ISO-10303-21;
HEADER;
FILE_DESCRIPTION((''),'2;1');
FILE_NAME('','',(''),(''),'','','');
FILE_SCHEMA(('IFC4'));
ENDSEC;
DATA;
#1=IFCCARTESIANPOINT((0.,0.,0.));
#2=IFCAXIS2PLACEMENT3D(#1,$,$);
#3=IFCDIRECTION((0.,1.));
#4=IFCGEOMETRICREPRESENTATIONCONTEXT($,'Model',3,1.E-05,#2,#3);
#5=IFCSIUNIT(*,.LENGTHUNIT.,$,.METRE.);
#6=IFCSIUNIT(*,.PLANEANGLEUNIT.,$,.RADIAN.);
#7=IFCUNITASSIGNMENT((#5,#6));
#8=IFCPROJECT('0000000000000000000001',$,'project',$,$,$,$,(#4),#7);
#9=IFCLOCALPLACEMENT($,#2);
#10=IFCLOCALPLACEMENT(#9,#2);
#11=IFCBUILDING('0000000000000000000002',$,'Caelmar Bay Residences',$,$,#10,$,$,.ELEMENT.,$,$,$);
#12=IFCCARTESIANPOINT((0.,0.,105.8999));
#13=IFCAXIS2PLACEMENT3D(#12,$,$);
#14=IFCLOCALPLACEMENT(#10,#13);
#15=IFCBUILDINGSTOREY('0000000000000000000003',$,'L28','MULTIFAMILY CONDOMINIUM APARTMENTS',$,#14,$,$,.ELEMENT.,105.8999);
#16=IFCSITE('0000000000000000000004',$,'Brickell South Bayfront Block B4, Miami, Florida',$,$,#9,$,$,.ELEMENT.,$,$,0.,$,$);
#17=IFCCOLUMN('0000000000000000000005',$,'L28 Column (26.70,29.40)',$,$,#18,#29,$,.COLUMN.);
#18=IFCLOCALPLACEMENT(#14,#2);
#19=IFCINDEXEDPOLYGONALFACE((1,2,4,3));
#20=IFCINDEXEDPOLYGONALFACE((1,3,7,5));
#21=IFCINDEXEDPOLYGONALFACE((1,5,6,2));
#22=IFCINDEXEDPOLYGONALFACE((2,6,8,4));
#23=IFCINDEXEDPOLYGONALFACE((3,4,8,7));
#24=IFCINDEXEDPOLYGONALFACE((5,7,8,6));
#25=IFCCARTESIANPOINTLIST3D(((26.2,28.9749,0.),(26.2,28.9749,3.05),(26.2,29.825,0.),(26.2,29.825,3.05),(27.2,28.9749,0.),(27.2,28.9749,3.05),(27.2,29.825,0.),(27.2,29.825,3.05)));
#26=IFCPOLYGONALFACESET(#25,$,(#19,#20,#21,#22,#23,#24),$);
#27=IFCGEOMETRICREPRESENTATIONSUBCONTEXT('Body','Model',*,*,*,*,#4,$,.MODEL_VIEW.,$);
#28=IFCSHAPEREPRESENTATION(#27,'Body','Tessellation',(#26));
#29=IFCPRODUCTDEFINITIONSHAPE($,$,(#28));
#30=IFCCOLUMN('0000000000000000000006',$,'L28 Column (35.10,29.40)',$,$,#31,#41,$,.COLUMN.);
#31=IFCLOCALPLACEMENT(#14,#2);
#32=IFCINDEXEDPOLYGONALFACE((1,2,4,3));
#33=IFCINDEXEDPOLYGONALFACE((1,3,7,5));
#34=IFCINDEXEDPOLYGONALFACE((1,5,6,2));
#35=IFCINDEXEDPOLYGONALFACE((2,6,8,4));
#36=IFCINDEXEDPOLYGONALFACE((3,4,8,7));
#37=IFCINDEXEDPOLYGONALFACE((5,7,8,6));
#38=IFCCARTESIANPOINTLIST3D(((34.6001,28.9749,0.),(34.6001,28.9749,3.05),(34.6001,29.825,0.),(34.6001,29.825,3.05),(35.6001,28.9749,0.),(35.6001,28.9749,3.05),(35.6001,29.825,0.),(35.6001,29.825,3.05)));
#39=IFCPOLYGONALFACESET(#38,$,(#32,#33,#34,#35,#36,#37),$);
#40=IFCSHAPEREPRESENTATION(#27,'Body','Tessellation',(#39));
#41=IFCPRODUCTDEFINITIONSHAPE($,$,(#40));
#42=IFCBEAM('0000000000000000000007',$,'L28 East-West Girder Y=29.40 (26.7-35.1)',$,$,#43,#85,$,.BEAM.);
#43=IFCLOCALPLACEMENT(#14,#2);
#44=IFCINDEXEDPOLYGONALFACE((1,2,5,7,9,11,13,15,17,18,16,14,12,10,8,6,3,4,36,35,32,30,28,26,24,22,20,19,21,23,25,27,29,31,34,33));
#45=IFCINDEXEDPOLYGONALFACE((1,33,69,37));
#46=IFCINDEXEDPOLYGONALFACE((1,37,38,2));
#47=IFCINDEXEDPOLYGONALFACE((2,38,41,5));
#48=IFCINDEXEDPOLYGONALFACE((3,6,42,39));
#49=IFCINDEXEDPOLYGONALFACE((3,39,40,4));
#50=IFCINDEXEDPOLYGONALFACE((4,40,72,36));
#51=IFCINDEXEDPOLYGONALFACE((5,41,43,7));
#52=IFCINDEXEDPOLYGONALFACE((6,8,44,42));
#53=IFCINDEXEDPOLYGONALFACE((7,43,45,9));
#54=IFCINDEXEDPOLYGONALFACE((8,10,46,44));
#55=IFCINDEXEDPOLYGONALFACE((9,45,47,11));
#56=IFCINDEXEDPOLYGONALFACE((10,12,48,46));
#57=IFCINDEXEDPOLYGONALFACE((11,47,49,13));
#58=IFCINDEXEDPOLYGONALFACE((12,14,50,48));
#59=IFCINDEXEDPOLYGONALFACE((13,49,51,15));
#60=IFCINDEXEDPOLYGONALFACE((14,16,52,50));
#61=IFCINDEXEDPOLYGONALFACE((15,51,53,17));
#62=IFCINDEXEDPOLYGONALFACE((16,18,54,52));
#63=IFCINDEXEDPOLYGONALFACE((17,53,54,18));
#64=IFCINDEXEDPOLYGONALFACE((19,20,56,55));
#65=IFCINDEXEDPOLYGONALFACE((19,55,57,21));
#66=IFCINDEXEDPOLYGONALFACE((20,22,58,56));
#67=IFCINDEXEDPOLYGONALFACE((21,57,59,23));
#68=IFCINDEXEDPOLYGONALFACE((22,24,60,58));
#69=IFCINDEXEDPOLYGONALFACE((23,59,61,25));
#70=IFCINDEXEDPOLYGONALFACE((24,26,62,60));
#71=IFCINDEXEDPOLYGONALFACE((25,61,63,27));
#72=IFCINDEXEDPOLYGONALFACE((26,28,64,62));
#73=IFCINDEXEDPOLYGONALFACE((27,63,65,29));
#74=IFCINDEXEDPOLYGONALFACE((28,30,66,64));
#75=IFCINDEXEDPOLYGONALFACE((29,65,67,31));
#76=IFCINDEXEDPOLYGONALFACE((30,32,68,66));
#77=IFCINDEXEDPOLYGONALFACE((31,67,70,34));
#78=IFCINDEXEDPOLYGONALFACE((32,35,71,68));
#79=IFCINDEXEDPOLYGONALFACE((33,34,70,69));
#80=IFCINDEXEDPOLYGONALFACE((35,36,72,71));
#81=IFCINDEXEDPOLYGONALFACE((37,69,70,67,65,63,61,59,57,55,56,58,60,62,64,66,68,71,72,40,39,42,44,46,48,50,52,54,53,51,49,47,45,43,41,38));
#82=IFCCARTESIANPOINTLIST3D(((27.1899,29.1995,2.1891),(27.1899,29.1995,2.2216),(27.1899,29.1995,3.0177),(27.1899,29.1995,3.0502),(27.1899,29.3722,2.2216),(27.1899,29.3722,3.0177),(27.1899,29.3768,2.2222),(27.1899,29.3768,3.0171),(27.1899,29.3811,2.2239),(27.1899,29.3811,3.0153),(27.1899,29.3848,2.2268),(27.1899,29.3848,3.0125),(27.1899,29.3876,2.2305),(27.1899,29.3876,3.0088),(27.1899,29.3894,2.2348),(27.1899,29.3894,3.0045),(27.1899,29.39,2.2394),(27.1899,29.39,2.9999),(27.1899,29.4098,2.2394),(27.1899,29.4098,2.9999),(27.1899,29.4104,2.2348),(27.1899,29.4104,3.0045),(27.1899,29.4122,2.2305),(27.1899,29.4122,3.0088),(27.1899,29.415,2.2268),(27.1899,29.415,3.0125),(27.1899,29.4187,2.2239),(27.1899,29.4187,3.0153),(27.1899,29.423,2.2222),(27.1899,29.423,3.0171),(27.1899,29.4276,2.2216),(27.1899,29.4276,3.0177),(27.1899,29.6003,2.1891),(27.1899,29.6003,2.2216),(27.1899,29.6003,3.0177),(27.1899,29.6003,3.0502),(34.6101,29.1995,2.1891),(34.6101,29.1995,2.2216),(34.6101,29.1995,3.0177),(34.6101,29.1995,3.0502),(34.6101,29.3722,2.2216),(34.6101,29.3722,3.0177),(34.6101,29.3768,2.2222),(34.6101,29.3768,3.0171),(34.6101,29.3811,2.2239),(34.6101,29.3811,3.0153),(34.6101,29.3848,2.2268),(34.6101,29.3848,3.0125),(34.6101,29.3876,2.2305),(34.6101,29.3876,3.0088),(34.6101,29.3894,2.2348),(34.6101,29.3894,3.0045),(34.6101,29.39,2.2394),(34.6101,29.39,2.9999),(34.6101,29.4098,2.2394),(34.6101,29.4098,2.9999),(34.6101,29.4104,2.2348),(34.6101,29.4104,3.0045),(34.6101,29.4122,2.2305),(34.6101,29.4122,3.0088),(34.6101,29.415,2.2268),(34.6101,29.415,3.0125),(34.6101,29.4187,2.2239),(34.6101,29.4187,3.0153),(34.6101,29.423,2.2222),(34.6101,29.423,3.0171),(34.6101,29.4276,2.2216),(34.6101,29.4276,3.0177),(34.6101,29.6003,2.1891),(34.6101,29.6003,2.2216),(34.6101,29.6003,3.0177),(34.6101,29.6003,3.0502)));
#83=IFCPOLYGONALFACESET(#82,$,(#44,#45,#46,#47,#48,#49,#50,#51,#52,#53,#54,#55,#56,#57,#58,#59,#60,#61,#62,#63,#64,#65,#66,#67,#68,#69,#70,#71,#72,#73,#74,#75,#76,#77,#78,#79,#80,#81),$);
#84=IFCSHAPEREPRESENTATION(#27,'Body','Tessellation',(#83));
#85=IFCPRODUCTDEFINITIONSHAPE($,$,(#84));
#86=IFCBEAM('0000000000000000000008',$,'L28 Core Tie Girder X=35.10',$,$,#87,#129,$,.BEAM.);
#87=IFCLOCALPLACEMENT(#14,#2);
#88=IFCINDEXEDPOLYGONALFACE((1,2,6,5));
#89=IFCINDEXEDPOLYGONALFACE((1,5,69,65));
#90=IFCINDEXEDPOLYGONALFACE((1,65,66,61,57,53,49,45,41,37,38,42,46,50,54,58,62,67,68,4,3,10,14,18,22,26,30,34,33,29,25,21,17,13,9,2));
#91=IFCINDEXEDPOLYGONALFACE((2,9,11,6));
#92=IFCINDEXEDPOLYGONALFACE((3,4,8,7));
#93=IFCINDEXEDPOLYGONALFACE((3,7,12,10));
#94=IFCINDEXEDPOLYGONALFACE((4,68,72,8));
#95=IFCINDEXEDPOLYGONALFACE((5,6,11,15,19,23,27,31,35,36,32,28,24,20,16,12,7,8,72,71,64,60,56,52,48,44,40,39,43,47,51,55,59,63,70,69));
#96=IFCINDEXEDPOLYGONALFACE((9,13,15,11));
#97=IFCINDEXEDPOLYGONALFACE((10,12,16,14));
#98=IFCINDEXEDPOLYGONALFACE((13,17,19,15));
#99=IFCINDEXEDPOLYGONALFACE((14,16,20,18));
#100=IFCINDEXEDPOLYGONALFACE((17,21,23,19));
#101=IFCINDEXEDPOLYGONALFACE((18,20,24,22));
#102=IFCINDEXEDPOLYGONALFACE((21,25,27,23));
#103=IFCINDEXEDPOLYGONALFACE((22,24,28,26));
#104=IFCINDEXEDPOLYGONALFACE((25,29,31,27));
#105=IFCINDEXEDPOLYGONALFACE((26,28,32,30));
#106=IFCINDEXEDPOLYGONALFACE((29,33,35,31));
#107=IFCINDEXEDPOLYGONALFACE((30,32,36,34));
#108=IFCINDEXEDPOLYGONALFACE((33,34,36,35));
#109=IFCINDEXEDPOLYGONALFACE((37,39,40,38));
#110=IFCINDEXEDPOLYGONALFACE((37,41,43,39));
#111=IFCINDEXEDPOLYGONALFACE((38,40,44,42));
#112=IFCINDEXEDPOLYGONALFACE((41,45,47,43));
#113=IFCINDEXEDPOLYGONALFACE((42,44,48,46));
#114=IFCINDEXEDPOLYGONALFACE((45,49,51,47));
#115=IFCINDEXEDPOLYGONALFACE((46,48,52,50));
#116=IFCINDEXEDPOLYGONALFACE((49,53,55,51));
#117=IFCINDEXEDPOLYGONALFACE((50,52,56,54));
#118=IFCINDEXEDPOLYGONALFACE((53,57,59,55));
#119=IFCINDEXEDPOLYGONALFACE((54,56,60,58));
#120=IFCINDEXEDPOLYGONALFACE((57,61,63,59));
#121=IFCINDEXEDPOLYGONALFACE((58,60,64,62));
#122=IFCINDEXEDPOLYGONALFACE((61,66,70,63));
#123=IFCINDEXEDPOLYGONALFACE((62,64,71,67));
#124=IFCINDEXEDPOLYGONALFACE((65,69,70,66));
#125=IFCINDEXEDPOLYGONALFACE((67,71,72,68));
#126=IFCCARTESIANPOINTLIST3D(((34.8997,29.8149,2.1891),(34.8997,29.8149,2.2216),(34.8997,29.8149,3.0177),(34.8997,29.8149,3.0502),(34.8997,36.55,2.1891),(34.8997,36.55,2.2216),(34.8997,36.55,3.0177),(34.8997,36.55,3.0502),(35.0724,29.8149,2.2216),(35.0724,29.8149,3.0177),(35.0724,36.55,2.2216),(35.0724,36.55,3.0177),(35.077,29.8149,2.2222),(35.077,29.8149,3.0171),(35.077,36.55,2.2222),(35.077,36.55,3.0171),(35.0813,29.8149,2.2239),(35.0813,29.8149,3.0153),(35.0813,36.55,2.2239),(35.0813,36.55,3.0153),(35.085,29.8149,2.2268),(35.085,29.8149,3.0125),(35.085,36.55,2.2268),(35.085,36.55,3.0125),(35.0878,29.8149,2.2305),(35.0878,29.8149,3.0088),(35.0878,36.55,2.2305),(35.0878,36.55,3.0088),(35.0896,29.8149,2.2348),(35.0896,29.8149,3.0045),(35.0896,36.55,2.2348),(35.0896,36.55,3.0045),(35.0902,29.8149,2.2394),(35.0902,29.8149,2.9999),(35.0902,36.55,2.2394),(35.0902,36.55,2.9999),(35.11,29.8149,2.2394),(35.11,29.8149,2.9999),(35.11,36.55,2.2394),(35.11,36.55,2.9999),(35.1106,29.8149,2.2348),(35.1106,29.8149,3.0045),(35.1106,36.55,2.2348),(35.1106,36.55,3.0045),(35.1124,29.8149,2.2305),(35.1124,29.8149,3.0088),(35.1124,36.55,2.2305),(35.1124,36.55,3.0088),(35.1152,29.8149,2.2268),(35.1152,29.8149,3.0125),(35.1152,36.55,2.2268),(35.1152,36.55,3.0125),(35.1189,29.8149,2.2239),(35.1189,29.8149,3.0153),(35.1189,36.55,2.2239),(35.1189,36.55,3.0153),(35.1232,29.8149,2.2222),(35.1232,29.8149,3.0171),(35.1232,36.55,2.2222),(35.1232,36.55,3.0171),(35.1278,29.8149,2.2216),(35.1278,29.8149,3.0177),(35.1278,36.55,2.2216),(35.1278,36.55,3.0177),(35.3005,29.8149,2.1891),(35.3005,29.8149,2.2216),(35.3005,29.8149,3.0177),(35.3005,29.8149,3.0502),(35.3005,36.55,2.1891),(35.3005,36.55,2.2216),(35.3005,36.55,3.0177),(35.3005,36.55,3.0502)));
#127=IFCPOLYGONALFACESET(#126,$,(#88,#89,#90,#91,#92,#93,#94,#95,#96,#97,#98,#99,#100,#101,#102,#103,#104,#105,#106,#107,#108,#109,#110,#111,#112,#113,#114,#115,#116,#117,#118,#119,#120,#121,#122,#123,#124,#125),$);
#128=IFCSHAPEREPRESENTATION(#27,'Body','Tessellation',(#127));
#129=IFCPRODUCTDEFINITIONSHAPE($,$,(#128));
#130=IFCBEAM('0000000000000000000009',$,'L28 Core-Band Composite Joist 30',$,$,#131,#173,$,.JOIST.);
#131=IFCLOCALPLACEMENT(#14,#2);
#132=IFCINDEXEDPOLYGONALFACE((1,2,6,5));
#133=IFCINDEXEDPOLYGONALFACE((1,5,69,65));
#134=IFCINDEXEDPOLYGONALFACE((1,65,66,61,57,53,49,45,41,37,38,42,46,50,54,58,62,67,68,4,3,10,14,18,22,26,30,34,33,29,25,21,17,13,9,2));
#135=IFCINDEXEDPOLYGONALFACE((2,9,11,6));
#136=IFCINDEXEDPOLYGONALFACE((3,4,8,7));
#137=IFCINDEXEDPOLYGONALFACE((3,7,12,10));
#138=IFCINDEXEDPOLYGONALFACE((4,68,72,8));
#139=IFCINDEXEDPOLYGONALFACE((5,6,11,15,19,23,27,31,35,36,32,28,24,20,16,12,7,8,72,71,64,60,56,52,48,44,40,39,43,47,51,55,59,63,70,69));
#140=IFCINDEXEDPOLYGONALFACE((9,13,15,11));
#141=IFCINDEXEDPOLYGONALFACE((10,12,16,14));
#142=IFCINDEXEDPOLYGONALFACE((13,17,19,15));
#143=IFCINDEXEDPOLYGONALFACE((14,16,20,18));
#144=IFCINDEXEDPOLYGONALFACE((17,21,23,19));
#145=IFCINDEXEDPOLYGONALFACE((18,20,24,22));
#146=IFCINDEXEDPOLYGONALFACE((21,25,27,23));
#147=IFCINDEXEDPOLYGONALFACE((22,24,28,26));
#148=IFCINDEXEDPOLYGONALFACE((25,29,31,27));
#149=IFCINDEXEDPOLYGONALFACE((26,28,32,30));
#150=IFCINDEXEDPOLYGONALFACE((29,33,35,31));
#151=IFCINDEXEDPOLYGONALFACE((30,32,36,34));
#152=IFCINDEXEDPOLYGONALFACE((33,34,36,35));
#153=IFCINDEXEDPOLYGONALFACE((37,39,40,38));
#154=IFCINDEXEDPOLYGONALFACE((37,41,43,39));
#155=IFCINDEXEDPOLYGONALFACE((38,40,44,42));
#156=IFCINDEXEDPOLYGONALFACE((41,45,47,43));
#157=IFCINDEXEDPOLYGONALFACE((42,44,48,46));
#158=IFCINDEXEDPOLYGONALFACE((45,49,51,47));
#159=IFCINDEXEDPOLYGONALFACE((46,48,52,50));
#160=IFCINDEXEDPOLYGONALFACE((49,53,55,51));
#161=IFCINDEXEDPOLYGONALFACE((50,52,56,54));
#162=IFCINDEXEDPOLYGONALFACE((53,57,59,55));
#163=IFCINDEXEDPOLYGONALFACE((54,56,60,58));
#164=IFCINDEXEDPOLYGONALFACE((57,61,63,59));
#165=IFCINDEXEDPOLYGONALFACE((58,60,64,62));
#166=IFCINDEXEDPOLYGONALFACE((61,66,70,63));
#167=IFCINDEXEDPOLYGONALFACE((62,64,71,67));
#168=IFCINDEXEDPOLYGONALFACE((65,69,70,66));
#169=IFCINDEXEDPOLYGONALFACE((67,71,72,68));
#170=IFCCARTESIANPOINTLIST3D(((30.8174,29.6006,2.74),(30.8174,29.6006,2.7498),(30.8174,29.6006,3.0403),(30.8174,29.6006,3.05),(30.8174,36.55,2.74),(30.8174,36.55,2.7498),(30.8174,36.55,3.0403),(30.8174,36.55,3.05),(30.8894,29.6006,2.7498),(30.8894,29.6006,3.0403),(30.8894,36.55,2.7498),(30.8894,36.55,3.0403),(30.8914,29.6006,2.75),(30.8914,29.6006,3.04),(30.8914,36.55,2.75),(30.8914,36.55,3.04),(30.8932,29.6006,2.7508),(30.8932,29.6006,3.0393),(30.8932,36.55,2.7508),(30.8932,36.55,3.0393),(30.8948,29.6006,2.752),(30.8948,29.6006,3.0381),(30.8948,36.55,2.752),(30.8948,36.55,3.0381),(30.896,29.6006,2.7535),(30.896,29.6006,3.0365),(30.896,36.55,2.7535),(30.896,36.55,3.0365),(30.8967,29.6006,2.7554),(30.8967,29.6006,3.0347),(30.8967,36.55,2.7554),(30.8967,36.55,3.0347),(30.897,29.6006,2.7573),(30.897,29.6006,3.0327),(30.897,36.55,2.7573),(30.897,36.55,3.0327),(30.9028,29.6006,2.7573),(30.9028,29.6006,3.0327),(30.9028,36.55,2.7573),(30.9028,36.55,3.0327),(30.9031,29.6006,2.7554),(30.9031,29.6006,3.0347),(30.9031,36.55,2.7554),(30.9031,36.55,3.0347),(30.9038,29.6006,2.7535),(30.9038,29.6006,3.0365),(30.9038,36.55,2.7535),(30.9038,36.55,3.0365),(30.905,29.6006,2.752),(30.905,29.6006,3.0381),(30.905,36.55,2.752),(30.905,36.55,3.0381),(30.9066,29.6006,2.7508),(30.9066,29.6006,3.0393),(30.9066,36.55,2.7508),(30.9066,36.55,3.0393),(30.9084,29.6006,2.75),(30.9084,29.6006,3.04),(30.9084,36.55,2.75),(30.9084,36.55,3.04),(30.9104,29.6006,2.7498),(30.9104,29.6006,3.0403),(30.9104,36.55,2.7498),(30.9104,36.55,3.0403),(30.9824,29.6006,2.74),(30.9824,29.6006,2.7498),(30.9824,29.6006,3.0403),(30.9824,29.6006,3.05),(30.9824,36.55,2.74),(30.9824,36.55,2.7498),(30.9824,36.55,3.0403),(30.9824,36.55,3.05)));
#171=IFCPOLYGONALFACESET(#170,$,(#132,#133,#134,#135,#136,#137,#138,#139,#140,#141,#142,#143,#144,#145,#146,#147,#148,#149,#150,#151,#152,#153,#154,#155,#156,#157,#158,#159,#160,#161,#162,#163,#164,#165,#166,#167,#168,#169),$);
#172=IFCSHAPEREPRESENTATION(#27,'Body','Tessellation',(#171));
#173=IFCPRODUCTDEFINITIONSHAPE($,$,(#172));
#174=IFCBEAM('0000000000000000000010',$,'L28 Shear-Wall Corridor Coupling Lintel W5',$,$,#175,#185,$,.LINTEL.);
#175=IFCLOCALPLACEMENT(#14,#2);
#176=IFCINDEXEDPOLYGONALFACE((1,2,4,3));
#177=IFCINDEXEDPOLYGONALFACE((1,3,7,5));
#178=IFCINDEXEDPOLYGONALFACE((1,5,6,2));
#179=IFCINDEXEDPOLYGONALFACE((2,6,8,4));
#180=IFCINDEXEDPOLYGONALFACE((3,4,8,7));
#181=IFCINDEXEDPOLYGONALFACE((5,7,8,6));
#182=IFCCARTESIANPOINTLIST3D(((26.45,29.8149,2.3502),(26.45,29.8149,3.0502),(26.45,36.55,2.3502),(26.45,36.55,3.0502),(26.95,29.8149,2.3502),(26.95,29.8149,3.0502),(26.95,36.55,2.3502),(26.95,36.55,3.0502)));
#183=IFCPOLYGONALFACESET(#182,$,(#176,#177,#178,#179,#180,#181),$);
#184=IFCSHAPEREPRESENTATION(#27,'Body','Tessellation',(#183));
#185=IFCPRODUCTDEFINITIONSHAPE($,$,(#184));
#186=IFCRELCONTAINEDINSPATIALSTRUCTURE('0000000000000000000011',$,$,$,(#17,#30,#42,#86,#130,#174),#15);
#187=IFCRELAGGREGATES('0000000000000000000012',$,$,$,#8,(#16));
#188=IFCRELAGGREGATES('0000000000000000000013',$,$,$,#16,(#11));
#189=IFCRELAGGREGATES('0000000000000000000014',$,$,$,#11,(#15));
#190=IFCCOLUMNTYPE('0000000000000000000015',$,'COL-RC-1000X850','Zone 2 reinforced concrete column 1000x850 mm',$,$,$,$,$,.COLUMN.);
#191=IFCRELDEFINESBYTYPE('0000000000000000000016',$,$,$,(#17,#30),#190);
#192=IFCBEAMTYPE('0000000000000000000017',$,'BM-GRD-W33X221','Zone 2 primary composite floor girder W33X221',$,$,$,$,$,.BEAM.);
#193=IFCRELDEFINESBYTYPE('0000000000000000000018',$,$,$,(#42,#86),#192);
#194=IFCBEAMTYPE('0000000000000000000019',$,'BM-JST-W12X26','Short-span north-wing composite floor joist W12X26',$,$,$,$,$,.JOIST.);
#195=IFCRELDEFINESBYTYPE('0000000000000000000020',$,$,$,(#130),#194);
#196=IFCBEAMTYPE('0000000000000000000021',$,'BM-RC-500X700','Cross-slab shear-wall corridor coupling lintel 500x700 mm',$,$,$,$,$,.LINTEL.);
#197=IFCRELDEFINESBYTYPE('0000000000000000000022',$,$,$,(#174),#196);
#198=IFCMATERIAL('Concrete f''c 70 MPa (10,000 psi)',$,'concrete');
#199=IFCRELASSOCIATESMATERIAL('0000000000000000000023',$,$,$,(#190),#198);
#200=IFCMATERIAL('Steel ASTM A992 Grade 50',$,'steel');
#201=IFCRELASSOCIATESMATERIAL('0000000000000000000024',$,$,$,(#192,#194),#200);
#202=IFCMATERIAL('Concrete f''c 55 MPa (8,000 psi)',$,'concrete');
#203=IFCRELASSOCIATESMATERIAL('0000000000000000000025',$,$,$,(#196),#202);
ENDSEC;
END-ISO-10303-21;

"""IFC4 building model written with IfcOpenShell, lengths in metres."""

from ifc_helpers import new_model, si_unit, direction, frame, origin, origin_2d, place, context, subcontext, project, spatial, rectangle, i_section, extrude, material, material_profile, profile_set, type_object, element, save


model = new_model("IFC4")

# Units and contexts
model_context = context("Model", 3, precision=1e-05, world=origin(), true_north=direction((0.0, 1.0)))
body_context = subcontext(model_context, "Body", "Model", "MODEL_VIEW")
ifc_project = project(units=[si_unit("LENGTHUNIT", "METRE"), si_unit("PLANEANGLEUNIT", "RADIAN")], contexts=[model_context])

# Site, building, storey
site_placement = place(None, origin())
site = spatial("IfcSite", under=ifc_project, at=site_placement, Name="Brickell South Bayfront Block B4, Miami, Florida", CompositionType="ELEMENT", RefElevation=0.0)
building_placement = place(site_placement, origin())
building = spatial("IfcBuilding", under=site, at=building_placement, Name="Caelmar Bay Residences", CompositionType="ELEMENT")
storey_placement = place(building_placement, frame((0.0, 0.0, 105.8999)))
storey = spatial("IfcBuildingStorey", under=building, at=storey_placement, Name="L28", Description="MULTIFAMILY CONDOMINIUM APARTMENTS", CompositionType="ELEMENT", Elevation=105.8999)

# Columns
ifc_material_1 = material(Name="Concrete f'c 70 MPa (10,000 psi)", Category="concrete")
ifc_material_profile_1 = material_profile(ifc_material_1, rectangle(XDim=1.0, YDim=0.8501, at=origin_2d()), Name="RC-COL-1000X850")
ifc_profile_set_1 = profile_set([ifc_material_profile_1], Name="Concrete f'c 70 MPa (10,000 psi)")
column_type = type_object("IfcColumnType", Name="COL-RC-1000X850", Description="Zone 2 reinforced concrete column 1000x850 mm", PredefinedType="COLUMN", material=ifc_profile_set_1)
for number, where, z_axis, x_axis, name in (
    (1, (26.7, 29.3999, 0.0), (0.0, 0.0, 1.0), (1.0, 0.0, 0.0), "L28 Column (26.70,29.40)"),
    (2, (35.1001, 29.3999, 0.0), (0.0, 0.0, 1.0), (1.0, 0.0, 0.0), "L28 Column (35.10,29.40)"),
):
    element("IfcColumn", number, at=place(storey_placement, frame(where, z_axis=z_axis, x_axis=x_axis)), inside=storey, type_object=column_type, Name=name, PredefinedType="COLUMN", context=body_context, shape_type="SweptSolid", body=[
        extrude(rectangle(XDim=1.0, YDim=0.8501, at=origin_2d()), origin(), (0.0, 0.0, 1.0), 3.05),
    ])

# Beams
ifc_material_2 = material(Name="Steel ASTM A992 Grade 50", Category="steel")
ifc_material_profile_2 = material_profile(ifc_material_2, i_section(OverallWidth=0.4009, OverallDepth=0.8611, WebThickness=0.0198, FlangeThickness=0.0325, FilletRadius=0.0178, at=origin_2d()), Name="W33X221")
ifc_profile_set_2 = profile_set([ifc_material_profile_2], Name="Steel ASTM A992 Grade 50")
beam_type_1 = type_object("IfcBeamType", Name="BM-GRD-W33X221", Description="Zone 2 primary composite floor girder W33X221", PredefinedType="BEAM", material=ifc_profile_set_2)
beam_1_placement = place(storey_placement, frame((27.1899, 29.3999, 2.6196), z_axis=(1.0, 0.0, 0.0), x_axis=(0.0, 1.0, 0.0)))
element("IfcBeam", 3, at=beam_1_placement, inside=storey, type_object=beam_type_1, Name="L28 East-West Girder Y=29.40 (26.7-35.1)", PredefinedType="BEAM", context=body_context, shape_type="SweptSolid", body=[
    extrude(i_section(OverallWidth=0.4009, OverallDepth=0.8611, WebThickness=0.0198, FlangeThickness=0.0325, FilletRadius=0.0178, at=origin_2d()), origin(), (0.0, 0.0, 1.0), 7.4202),
])
beam_2_placement = place(storey_placement, frame((35.1001, 29.8149, 2.6196), z_axis=(0.0, 1.0, 0.0), x_axis=(-1.0, 0.0, 0.0)))
element("IfcBeam", 4, at=beam_2_placement, inside=storey, type_object=beam_type_1, Name="L28 Core Tie Girder X=35.10", PredefinedType="BEAM", context=body_context, shape_type="SweptSolid", body=[
    extrude(i_section(OverallWidth=0.4009, OverallDepth=0.8611, WebThickness=0.0198, FlangeThickness=0.0325, FilletRadius=0.0178, at=origin_2d()), origin(), (0.0, 0.0, 1.0), 6.7351),
])
ifc_material_profile_3 = material_profile(ifc_material_2, i_section(OverallWidth=0.165, OverallDepth=0.3101, WebThickness=0.0059, FlangeThickness=0.0098, FilletRadius=0.0076, at=origin_2d()), Name="W12X26")
ifc_profile_set_3 = profile_set([ifc_material_profile_3], Name="Steel ASTM A992 Grade 50")
beam_type_2 = type_object("IfcBeamType", Name="BM-JST-W12X26", Description="Short-span north-wing composite floor joist W12X26", PredefinedType="JOIST", material=ifc_profile_set_3)
beam_3_placement = place(storey_placement, frame((30.8999, 29.6006, 2.895), z_axis=(0.0, 1.0, 0.0), x_axis=(-1.0, 0.0, 0.0)))
element("IfcBeam", 5, at=beam_3_placement, inside=storey, type_object=beam_type_2, Name="L28 Core-Band Composite Joist 30", PredefinedType="JOIST", context=body_context, shape_type="SweptSolid", body=[
    extrude(i_section(OverallWidth=0.165, OverallDepth=0.3101, WebThickness=0.0059, FlangeThickness=0.0098, FilletRadius=0.0076, at=origin_2d()), origin(), (0.0, 0.0, 1.0), 6.9495),
])
ifc_material_3 = material(Name="Concrete f'c 55 MPa (8,000 psi)", Category="concrete")
ifc_material_profile_4 = material_profile(ifc_material_3, rectangle(XDim=0.5, YDim=0.7, at=origin_2d()), Name="RC-BM-500X700")
ifc_profile_set_4 = profile_set([ifc_material_profile_4], Name="Concrete f'c 55 MPa (8,000 psi)")
beam_type_3 = type_object("IfcBeamType", Name="BM-RC-500X700", Description="Cross-slab shear-wall corridor coupling lintel 500x700 mm", PredefinedType="LINTEL", material=ifc_profile_set_4)
beam_4_placement = place(storey_placement, frame((26.7, 29.8149, 2.7002), z_axis=(0.0, 1.0, 0.0), x_axis=(-1.0, 0.0, 0.0)))
element("IfcBeam", 6, at=beam_4_placement, inside=storey, type_object=beam_type_3, Name="L28 Shear-Wall Corridor Coupling Lintel W5", PredefinedType="LINTEL", context=body_context, shape_type="SweptSolid", body=[
    extrude(rectangle(XDim=0.5, YDim=0.7, at=origin_2d()), origin(), (0.0, 0.0, 1.0), 6.7351),
])

save(model, "model.ifc")
